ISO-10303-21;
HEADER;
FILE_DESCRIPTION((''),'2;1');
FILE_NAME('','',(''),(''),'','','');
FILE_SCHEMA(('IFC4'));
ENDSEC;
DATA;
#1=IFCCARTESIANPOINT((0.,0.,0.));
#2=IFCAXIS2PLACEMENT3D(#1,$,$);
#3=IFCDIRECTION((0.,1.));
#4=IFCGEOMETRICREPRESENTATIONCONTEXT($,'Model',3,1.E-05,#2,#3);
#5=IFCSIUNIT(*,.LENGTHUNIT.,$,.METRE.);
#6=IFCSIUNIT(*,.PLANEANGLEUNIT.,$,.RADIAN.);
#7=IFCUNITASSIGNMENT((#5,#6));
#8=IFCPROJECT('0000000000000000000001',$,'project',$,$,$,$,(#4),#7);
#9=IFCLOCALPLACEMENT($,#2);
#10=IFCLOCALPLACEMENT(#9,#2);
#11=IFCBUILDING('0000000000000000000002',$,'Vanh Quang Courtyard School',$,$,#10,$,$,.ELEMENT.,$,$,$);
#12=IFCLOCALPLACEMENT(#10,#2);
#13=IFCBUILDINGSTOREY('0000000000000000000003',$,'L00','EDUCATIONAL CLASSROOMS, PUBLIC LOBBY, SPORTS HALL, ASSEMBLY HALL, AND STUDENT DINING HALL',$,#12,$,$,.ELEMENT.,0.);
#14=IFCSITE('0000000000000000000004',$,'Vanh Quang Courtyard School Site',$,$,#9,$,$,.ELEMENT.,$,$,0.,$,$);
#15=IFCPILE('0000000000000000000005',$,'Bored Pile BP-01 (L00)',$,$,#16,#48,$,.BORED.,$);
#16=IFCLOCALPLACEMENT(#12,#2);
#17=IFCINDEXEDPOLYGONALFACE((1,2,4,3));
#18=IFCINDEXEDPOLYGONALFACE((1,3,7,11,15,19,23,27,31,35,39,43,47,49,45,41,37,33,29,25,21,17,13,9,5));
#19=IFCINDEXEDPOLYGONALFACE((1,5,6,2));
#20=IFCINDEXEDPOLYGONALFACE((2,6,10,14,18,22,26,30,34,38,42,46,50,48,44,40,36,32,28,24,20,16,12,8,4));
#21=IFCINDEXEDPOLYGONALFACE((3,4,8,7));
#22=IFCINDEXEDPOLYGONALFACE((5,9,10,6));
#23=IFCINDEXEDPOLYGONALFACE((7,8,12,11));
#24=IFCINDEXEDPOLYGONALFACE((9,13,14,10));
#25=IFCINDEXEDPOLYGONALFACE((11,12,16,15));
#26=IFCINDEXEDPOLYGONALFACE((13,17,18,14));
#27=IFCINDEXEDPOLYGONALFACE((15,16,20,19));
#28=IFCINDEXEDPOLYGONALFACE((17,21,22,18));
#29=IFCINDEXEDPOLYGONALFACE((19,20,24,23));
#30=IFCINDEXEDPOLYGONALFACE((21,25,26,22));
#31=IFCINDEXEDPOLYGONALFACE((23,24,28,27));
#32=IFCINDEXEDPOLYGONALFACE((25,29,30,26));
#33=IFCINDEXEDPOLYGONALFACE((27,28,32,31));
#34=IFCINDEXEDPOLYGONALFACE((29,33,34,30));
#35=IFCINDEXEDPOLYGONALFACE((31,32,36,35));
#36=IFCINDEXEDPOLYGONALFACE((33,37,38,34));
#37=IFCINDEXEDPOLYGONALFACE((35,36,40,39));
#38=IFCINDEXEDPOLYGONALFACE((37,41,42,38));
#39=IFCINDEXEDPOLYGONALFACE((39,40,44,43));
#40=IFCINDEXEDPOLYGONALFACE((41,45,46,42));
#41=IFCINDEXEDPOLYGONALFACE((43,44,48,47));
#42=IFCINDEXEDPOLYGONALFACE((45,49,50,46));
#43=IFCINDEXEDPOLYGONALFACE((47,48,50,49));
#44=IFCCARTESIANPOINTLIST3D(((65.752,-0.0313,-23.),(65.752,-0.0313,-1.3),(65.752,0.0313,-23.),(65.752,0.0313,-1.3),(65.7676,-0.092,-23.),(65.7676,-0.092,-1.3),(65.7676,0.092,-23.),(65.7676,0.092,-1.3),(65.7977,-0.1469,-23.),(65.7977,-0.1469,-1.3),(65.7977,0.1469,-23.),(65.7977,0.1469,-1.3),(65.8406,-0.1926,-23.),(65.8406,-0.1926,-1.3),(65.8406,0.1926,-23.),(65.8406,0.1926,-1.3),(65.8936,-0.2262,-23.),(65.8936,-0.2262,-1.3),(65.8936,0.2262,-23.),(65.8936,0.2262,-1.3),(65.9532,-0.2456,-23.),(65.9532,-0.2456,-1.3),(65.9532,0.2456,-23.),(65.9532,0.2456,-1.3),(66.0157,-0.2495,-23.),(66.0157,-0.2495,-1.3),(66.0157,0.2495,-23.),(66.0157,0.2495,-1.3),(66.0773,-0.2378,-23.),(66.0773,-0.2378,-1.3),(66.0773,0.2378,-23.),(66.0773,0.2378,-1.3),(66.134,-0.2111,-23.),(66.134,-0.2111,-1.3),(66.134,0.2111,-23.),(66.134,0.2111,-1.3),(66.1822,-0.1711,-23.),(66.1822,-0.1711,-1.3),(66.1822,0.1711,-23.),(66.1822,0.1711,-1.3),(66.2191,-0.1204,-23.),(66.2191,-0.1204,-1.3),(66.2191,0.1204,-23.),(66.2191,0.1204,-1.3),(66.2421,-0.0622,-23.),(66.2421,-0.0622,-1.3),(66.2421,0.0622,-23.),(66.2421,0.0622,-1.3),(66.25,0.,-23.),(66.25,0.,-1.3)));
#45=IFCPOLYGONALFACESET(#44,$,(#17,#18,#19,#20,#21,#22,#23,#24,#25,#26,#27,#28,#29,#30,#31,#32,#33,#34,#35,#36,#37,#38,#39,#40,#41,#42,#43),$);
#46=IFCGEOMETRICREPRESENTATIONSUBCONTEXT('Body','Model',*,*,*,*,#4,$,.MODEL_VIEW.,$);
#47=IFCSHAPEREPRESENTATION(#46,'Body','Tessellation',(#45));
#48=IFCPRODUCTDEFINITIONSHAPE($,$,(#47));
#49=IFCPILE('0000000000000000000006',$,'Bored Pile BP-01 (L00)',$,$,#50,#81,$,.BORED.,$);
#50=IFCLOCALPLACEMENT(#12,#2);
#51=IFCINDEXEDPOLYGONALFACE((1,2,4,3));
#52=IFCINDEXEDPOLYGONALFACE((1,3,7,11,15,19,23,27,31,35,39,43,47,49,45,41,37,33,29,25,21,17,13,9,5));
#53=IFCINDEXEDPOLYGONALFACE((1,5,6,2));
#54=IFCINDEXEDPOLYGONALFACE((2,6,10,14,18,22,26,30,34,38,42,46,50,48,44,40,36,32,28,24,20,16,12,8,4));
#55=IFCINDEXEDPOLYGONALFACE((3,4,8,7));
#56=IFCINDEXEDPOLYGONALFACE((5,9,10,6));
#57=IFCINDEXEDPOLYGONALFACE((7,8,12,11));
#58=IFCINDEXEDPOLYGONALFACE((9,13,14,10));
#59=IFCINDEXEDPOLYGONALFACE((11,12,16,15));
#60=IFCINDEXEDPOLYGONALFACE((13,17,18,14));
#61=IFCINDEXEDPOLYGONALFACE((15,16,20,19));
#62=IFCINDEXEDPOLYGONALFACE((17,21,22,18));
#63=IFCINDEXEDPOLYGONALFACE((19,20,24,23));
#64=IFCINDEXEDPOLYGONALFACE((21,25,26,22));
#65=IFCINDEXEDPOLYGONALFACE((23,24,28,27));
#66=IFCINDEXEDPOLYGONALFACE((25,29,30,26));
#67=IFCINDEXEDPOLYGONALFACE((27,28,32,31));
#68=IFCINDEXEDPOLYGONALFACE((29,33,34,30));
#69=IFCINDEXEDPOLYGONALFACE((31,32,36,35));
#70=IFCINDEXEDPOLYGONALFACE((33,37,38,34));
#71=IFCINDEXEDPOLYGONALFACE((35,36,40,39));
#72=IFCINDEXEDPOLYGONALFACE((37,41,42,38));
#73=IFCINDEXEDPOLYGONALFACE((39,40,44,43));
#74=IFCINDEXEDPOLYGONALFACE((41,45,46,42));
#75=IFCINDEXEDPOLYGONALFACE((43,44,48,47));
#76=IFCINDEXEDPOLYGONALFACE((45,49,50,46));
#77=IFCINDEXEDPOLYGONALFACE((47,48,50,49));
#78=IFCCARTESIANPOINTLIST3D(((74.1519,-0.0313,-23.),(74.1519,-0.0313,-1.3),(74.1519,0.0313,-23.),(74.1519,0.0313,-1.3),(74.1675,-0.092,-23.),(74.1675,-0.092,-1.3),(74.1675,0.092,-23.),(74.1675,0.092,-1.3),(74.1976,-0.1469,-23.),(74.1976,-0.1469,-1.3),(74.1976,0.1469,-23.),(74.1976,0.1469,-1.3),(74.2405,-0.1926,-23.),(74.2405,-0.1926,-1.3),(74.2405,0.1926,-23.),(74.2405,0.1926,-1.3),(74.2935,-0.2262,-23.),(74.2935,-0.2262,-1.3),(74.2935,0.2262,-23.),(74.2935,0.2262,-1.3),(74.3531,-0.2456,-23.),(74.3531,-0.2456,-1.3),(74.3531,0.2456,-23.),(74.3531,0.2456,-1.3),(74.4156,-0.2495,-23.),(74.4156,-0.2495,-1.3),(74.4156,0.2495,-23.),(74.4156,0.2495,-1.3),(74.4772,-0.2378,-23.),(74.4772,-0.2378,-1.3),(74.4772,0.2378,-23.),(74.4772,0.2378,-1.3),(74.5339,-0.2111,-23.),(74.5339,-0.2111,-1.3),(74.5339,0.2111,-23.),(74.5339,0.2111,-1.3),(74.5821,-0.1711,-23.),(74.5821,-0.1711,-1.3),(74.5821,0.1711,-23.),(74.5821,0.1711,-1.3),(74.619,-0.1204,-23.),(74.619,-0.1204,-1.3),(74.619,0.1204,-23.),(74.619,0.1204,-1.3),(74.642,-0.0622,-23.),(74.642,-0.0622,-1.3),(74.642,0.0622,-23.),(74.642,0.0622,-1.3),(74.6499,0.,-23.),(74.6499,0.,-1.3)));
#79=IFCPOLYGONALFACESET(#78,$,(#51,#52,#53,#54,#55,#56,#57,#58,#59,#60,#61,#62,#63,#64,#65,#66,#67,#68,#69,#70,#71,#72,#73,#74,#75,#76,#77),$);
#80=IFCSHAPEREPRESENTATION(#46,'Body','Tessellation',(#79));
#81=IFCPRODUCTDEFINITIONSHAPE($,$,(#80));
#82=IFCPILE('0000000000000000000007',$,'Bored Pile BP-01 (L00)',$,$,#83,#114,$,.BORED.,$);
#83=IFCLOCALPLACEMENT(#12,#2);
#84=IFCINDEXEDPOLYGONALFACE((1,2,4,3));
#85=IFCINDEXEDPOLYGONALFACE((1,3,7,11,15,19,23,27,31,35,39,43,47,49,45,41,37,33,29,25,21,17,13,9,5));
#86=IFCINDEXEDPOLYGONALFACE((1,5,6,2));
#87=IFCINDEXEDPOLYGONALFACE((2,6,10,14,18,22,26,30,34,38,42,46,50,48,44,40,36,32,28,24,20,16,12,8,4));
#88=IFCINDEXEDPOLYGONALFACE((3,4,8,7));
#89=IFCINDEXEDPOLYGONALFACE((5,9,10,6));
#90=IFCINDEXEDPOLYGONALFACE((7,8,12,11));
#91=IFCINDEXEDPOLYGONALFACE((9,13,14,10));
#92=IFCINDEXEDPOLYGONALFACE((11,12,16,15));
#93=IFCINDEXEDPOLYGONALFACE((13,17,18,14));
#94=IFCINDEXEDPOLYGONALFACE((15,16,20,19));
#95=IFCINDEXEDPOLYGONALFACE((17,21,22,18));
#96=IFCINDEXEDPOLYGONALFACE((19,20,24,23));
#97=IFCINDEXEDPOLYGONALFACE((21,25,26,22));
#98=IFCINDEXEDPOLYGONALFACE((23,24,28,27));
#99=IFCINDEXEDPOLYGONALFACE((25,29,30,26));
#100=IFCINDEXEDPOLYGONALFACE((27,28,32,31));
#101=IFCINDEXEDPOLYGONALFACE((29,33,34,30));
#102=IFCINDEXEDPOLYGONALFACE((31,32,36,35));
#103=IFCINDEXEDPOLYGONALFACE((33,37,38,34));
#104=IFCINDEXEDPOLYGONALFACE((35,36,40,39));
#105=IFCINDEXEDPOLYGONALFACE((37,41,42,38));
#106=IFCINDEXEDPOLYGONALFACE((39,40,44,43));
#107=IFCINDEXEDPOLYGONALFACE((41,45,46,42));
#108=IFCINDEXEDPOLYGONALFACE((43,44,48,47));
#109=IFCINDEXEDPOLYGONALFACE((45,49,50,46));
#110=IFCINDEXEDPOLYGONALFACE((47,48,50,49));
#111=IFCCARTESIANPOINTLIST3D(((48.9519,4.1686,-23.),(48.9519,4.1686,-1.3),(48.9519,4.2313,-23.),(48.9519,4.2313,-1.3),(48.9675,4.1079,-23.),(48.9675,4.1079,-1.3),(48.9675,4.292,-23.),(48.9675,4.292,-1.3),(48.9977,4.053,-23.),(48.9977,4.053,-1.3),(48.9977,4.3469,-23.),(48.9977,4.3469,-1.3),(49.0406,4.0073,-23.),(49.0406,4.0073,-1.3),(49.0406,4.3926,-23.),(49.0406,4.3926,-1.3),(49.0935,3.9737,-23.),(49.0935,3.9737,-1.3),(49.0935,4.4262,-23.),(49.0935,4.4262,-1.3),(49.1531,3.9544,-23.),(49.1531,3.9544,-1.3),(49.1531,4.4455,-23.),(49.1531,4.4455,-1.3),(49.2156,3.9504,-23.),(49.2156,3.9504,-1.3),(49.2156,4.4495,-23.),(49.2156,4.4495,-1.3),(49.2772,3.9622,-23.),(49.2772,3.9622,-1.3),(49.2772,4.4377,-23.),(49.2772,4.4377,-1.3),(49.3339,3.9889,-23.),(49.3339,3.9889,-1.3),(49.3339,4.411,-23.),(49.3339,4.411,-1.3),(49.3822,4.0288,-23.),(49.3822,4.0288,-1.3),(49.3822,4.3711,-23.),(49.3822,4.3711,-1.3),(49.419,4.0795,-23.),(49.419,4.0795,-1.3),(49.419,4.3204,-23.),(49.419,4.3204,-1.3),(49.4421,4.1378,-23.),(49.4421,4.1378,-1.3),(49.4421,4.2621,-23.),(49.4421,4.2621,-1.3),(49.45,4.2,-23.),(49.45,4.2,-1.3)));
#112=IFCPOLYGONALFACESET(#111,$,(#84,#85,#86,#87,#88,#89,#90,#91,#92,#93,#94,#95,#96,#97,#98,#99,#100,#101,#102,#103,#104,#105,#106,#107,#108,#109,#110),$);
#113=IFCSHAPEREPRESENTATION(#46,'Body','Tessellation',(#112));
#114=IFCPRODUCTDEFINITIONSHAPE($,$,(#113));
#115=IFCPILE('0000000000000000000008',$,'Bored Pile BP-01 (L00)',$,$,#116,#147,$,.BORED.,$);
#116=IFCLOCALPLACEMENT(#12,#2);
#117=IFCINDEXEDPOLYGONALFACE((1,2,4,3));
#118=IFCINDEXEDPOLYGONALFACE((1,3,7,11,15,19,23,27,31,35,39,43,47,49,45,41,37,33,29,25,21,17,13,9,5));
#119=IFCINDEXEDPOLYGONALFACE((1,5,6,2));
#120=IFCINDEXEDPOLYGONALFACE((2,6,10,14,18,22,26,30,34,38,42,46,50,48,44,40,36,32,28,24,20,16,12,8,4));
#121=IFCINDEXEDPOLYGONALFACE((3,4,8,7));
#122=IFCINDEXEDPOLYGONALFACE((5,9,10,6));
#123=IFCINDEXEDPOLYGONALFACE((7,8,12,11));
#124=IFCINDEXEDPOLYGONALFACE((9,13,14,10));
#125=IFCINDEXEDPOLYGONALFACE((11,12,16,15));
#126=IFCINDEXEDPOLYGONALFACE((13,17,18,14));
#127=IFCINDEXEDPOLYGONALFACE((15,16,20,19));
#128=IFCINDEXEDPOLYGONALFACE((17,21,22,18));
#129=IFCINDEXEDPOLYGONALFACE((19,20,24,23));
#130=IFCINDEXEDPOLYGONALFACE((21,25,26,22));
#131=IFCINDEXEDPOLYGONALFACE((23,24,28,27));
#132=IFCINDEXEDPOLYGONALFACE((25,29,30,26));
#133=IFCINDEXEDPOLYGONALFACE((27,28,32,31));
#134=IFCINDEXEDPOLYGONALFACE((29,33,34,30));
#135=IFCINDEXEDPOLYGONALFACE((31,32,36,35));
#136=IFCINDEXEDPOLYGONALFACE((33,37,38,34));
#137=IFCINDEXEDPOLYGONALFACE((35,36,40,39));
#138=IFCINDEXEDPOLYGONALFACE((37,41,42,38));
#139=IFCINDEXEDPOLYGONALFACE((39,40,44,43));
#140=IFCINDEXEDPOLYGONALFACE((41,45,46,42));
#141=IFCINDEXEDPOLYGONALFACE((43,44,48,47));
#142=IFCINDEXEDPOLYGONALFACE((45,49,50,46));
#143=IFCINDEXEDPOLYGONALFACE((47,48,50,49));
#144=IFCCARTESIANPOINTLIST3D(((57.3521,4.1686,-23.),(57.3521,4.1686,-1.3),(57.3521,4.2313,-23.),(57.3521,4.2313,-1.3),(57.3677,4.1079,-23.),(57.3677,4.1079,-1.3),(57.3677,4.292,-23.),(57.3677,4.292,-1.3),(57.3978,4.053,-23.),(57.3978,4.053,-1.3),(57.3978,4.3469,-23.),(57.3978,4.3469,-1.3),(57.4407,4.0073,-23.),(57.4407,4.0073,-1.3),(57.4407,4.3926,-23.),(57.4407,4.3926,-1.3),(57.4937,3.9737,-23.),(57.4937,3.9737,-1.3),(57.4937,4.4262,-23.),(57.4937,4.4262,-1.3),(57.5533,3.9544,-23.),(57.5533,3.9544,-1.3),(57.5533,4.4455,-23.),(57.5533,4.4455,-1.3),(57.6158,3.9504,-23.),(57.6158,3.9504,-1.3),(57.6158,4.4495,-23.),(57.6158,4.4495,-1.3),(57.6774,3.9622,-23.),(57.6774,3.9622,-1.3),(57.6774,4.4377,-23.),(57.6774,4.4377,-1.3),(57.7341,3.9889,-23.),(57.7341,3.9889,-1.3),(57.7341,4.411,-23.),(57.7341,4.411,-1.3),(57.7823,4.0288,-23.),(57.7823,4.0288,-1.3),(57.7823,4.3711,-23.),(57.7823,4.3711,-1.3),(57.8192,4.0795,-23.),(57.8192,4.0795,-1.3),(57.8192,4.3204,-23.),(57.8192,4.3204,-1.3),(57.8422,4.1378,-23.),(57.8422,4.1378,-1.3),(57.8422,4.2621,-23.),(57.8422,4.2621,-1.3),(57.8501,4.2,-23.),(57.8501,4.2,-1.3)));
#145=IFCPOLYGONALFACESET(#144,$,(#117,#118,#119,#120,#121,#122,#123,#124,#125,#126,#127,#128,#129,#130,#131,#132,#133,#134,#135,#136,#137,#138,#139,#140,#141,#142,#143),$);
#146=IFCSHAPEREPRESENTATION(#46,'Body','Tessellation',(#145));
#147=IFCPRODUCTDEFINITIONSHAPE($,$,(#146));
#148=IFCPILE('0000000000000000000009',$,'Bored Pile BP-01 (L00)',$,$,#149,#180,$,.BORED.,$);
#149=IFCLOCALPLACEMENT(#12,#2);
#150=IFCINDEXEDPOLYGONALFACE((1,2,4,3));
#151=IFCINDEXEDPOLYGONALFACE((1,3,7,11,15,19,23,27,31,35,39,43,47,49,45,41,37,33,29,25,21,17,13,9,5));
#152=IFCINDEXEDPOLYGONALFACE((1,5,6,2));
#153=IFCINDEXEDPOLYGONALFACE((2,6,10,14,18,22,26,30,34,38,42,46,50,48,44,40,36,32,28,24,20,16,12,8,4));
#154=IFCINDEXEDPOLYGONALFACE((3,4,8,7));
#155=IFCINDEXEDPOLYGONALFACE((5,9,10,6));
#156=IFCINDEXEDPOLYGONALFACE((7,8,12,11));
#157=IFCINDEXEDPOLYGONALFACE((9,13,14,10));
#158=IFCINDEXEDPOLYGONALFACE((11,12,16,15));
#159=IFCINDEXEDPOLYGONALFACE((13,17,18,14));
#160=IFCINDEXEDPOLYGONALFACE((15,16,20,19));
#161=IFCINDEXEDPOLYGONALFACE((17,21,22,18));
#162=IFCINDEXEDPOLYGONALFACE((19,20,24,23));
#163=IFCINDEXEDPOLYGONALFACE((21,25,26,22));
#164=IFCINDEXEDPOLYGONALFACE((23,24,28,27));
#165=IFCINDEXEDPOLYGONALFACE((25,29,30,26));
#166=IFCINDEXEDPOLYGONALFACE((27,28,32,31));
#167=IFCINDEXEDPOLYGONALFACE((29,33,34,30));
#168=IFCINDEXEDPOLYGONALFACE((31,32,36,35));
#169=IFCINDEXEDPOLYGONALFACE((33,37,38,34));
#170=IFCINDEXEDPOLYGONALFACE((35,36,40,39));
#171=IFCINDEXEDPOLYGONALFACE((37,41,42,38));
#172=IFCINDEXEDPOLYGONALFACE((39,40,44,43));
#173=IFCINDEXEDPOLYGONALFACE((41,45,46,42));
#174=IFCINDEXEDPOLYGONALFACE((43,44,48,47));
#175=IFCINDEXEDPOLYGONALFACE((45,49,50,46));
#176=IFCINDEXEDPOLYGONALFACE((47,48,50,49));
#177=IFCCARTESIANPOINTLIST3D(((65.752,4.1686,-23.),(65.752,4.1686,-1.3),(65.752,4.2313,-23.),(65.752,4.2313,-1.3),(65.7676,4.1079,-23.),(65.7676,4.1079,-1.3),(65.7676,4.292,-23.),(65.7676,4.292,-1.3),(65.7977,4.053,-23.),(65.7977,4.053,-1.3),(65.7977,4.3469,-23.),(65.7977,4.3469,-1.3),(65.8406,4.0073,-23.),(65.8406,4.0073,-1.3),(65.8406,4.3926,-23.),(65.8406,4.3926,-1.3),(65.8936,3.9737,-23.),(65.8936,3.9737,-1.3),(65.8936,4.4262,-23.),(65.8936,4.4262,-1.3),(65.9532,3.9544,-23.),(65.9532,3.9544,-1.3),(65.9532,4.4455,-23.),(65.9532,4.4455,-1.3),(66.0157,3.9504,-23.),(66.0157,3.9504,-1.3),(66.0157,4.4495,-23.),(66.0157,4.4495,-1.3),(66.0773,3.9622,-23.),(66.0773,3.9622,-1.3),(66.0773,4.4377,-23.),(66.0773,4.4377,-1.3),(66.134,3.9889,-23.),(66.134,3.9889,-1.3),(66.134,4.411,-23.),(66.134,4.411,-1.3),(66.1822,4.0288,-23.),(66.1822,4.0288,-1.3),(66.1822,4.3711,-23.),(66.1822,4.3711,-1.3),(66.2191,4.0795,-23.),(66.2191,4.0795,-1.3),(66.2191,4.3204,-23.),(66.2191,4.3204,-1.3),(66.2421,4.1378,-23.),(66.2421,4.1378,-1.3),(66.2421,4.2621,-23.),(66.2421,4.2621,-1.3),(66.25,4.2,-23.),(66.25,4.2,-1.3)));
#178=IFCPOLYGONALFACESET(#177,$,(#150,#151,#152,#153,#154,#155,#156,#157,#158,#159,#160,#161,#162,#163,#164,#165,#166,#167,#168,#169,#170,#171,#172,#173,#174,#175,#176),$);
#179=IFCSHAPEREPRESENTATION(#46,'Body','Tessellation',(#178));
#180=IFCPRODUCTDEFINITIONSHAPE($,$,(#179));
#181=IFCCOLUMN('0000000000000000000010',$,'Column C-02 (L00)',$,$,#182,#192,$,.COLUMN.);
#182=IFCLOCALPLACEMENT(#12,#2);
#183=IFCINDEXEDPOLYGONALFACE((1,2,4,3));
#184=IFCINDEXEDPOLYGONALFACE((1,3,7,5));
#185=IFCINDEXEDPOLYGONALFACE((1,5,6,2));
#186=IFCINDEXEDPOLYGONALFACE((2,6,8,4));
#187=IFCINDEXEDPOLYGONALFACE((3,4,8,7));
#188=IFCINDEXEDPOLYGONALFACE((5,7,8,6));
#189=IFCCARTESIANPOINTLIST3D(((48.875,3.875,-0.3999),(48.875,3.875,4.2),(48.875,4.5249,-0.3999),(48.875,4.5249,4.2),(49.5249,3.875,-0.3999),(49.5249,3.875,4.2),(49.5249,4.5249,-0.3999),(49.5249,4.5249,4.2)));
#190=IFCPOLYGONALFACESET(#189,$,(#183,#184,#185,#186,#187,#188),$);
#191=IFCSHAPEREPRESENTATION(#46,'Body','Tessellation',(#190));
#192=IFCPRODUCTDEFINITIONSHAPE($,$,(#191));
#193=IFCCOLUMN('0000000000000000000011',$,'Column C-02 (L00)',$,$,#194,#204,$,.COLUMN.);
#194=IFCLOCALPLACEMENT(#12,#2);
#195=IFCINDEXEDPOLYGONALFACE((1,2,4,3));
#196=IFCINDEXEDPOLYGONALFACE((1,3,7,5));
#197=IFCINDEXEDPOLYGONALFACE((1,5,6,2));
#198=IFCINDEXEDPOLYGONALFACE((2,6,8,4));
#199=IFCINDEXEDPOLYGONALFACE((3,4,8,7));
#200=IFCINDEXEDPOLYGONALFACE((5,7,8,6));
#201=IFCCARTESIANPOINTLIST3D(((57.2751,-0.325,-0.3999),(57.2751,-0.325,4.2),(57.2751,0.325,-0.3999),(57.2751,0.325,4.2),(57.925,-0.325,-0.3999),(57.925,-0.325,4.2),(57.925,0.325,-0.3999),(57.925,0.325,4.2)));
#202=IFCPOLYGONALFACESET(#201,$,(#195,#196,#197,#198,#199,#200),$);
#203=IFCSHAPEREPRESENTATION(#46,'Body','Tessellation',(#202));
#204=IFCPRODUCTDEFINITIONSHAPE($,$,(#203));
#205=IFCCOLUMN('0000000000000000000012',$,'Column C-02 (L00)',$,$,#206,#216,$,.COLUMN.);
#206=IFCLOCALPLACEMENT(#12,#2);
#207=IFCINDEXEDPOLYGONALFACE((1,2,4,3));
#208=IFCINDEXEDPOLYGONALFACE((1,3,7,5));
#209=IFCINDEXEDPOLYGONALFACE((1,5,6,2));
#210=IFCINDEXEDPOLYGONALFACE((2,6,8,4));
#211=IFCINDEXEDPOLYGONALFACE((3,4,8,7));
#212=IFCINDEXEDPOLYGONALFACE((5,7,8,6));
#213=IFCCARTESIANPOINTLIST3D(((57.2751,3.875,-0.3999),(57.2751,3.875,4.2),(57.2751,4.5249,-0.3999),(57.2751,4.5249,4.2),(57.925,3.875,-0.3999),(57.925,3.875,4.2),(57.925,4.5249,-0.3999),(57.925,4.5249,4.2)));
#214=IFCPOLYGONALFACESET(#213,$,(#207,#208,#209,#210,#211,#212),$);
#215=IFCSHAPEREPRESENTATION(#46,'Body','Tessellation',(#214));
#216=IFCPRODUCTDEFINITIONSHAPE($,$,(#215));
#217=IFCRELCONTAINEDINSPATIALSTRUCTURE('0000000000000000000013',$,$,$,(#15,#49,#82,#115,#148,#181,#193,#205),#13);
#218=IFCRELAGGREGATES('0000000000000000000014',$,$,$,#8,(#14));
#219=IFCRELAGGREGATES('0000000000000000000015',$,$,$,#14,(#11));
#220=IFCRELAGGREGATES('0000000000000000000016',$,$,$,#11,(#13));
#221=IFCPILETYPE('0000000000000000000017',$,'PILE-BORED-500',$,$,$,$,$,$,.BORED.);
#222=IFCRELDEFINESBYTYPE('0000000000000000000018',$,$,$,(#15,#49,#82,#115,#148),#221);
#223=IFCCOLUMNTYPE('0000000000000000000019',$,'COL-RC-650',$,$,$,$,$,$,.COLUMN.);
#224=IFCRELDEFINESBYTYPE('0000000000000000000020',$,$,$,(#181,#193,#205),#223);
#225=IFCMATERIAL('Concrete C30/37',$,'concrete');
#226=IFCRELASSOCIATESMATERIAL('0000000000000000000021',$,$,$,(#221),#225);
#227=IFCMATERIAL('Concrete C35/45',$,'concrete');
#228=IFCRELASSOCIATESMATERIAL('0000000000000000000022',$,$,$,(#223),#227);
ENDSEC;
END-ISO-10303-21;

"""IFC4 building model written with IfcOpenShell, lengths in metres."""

from ifc_helpers import new_model, si_unit, direction, frame, origin, origin_2d, place, context, subcontext, project, spatial, rectangle, circle, extrude, material, material_profile, profile_set, type_object, element, save


model = new_model("IFC4")

# Units and contexts
model_context = context("Model", 3, precision=1e-05, world=origin(), true_north=direction((0.0, 1.0)))
body_context = subcontext(model_context, "Body", "Model", "MODEL_VIEW")
ifc_project = project(units=[si_unit("LENGTHUNIT", "METRE"), si_unit("PLANEANGLEUNIT", "RADIAN")], contexts=[model_context])

# Site, building, storey
site_placement = place(None, origin())
site = spatial("IfcSite", under=ifc_project, at=site_placement, Name="Vanh Quang Courtyard School Site", CompositionType="ELEMENT", RefElevation=0.0)
building_placement = place(site_placement, origin())
building = spatial("IfcBuilding", under=site, at=building_placement, Name="Vanh Quang Courtyard School", CompositionType="ELEMENT")
storey_placement = place(building_placement, origin())
storey = spatial("IfcBuildingStorey", under=building, at=storey_placement, Name="L00", Description="EDUCATIONAL CLASSROOMS, PUBLIC LOBBY, SPORTS HALL, ASSEMBLY HALL, AND STUDENT DINING HALL", CompositionType="ELEMENT", Elevation=0.0)

# Shared definitions
ifc_material_1 = material(Name="Concrete C35/45", Category="concrete")

# Piles
ifc_material_2 = material(Name="Concrete C30/37", Category="concrete")
ifc_material_profile_1 = material_profile(ifc_material_2, circle(Radius=0.25, at=origin_2d()), Name="PILE D500")
ifc_profile_set_1 = profile_set([ifc_material_profile_1], Name="Concrete C30/37")
pile_type = type_object("IfcPileType", Name="PILE-BORED-500", PredefinedType="BORED", material=ifc_profile_set_1)
for number, where, z_axis, x_axis, name in (
    (1, (66.0, 0.0, -1.3), (0.0, 0.0, -1.0), (1.0, 0.0, 0.0), "Bored Pile BP-01 (L00)"),
    (2, (74.3999, 0.0, -1.3), (0.0, 0.0, -1.0), (1.0, 0.0, 0.0), "Bored Pile BP-01 (L00)"),
    (3, (49.2, 4.2, -1.3), (0.0, 0.0, -1.0), (1.0, 0.0, 0.0), "Bored Pile BP-01 (L00)"),
    (4, (57.6001, 4.2, -1.3), (0.0, 0.0, -1.0), (1.0, 0.0, 0.0), "Bored Pile BP-01 (L00)"),
    (5, (66.0, 4.2, -1.3), (0.0, 0.0, -1.0), (1.0, 0.0, 0.0), "Bored Pile BP-01 (L00)"),
):
    element("IfcPile", number, at=place(storey_placement, frame(where, z_axis=z_axis, x_axis=x_axis)), inside=storey, type_object=pile_type, Name=name, PredefinedType="BORED", context=body_context, shape_type="SweptSolid", body=[
        extrude(circle(Radius=0.25, at=origin_2d()), origin(), (0.0, 0.0, 1.0), 21.7),
    ])

# Columns
ifc_material_profile_2 = material_profile(ifc_material_1, rectangle(XDim=0.6499, YDim=0.6499, at=origin_2d()), Name="RC-COL 650x650")
ifc_profile_set_2 = profile_set([ifc_material_profile_2], Name="Concrete C35/45")
column_type = type_object("IfcColumnType", Name="COL-RC-650", PredefinedType="COLUMN", material=ifc_profile_set_2)
for number, where, z_axis, x_axis, name in (
    (6, (49.2, 4.2, -0.3999), (0.0, 0.0, 1.0), (1.0, 0.0, 0.0), "Column C-02 (L00)"),
    (7, (57.6001, 0.0, -0.3999), (0.0, 0.0, 1.0), (1.0, 0.0, 0.0), "Column C-02 (L00)"),
    (8, (57.6001, 4.2, -0.3999), (0.0, 0.0, 1.0), (1.0, 0.0, 0.0), "Column C-02 (L00)"),
):
    element("IfcColumn", number, at=place(storey_placement, frame(where, z_axis=z_axis, x_axis=x_axis)), inside=storey, type_object=column_type, Name=name, PredefinedType="COLUMN", context=body_context, shape_type="SweptSolid", body=[
        extrude(rectangle(XDim=0.6499, YDim=0.6499, at=origin_2d()), origin(), (0.0, 0.0, 1.0), 4.5999),
    ])

save(model, "model.ifc")
